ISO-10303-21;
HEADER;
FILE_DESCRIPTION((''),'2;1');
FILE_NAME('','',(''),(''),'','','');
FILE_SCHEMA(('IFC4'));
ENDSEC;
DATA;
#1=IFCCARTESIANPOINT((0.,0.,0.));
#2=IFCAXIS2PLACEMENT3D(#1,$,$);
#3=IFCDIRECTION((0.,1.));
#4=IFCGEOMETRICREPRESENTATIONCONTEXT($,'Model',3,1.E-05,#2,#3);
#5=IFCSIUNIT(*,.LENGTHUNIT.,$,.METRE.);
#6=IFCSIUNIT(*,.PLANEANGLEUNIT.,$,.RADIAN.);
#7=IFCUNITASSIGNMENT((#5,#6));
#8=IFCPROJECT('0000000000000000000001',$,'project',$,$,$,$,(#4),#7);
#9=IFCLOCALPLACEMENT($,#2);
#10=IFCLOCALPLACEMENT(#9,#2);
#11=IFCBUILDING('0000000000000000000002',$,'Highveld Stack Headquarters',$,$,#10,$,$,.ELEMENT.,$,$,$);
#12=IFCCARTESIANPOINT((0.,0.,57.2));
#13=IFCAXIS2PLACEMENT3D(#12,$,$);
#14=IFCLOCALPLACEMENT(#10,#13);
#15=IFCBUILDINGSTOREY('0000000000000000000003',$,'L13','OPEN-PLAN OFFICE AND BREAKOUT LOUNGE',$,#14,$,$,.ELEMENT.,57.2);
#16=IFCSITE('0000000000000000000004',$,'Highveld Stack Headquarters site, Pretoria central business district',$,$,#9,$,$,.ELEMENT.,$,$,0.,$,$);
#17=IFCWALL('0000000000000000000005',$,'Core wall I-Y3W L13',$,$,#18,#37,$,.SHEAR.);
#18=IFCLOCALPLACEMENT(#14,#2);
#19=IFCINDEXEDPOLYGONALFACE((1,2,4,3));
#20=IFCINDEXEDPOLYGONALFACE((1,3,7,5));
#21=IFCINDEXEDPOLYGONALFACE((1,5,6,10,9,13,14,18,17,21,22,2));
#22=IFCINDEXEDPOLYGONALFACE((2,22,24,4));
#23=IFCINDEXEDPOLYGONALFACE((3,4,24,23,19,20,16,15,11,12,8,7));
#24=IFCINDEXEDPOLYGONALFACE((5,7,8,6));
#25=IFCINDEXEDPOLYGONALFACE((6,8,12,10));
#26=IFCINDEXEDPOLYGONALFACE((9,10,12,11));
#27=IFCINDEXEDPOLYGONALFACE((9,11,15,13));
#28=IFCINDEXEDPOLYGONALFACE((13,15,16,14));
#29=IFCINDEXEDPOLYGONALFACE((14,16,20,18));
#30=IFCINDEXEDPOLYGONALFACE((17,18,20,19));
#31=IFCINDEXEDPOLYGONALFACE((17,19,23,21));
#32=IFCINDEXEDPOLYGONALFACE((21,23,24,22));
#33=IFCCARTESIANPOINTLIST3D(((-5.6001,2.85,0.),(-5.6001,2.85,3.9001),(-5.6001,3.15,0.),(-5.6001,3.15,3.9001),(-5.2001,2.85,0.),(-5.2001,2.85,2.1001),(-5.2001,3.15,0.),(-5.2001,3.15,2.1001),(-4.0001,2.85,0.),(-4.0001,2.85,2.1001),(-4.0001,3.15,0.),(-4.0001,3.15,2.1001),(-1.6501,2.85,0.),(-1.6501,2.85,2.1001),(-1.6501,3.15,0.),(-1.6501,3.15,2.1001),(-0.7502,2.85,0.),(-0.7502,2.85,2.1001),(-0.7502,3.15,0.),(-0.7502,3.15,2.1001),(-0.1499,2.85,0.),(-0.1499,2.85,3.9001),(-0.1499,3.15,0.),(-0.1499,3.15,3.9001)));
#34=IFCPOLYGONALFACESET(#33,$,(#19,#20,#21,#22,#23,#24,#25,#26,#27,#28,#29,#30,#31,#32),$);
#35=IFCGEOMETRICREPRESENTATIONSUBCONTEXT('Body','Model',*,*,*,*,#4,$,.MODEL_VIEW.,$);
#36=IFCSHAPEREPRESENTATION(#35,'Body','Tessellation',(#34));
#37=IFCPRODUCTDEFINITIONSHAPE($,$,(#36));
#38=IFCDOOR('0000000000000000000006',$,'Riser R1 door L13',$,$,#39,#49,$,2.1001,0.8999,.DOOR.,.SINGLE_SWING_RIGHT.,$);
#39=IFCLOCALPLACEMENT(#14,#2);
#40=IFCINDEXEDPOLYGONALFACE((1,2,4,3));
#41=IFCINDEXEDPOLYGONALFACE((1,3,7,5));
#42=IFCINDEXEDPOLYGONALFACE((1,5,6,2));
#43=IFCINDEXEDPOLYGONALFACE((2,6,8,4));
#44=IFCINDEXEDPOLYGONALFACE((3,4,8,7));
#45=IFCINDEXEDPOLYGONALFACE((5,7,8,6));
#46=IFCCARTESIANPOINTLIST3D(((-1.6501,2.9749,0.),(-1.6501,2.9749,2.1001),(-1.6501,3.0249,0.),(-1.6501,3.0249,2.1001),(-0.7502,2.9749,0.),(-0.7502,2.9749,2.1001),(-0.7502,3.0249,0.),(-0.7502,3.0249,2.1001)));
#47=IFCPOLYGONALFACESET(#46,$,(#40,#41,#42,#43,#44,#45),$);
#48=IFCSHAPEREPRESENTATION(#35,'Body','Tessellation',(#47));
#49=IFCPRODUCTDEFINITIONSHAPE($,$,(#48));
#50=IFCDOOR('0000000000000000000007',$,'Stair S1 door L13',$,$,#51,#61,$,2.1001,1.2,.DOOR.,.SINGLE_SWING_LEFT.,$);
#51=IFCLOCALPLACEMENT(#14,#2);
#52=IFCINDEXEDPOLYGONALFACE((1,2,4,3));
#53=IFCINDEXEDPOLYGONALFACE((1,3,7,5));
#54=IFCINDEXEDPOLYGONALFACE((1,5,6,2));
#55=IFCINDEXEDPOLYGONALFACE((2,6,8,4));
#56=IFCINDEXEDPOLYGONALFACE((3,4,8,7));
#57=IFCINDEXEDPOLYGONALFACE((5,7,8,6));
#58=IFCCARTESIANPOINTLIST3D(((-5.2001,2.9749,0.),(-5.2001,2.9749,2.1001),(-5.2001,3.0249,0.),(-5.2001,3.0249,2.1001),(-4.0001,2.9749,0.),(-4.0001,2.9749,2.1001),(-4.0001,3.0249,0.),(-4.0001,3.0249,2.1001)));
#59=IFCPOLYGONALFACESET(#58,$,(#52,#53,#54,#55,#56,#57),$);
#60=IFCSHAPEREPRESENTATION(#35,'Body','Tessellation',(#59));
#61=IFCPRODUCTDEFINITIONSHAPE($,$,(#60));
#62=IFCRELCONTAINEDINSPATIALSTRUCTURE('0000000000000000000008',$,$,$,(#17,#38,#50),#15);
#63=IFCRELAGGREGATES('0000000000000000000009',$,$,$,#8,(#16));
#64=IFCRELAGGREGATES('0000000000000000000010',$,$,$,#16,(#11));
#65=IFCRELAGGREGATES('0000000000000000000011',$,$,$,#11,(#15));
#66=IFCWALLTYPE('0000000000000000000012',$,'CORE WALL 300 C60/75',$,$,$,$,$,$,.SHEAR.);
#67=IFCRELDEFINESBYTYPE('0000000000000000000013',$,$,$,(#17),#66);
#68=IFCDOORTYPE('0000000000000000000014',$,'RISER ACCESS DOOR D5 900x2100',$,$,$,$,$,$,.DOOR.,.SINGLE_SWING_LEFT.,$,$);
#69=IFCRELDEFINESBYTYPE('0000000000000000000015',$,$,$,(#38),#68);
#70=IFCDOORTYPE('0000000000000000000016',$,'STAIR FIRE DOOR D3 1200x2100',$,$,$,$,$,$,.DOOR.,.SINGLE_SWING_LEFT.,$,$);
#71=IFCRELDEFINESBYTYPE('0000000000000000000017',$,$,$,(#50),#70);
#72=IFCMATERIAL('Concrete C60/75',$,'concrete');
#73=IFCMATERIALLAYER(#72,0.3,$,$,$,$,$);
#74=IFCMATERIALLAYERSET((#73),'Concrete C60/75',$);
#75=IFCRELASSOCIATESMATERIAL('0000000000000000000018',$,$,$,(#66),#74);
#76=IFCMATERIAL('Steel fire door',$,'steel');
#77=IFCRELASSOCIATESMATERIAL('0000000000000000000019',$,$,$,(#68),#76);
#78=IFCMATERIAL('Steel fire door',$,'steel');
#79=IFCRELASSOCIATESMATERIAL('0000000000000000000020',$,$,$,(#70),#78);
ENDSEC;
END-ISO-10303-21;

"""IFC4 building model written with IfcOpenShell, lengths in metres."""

from ifc_helpers import new_model, si_unit, direction, frame, frame_2d, origin, place, context, subcontext, project, spatial, rectangle, extrude, material, layer, layer_set, type_object, element, fill, save


model = new_model("IFC4")

# Units and contexts
model_context = context("Model", 3, precision=1e-05, world=origin(), true_north=direction((0.0, 1.0)))
body_context = subcontext(model_context, "Body", "Model", "MODEL_VIEW")
ifc_project = project(units=[si_unit("LENGTHUNIT", "METRE"), si_unit("PLANEANGLEUNIT", "RADIAN")], contexts=[model_context])

# Site, building, storey
site_placement = place(None, origin())
site = spatial("IfcSite", under=ifc_project, at=site_placement, Name="Highveld Stack Headquarters site, Pretoria central business district", CompositionType="ELEMENT", RefElevation=0.0)
building_placement = place(site_placement, origin())
building = spatial("IfcBuilding", under=site, at=building_placement, Name="Highveld Stack Headquarters", CompositionType="ELEMENT")
storey_placement = place(building_placement, frame((0.0, 0.0, 57.2)))
storey = spatial("IfcBuildingStorey", under=building, at=storey_placement, Name="L13", Description="OPEN-PLAN OFFICE AND BREAKOUT LOUNGE", CompositionType="ELEMENT", Elevation=57.2)

# Wall, openings, doors
ifc_material_1 = material(Name="Concrete C60/75", Category="concrete")
ifc_layer_1 = layer(ifc_material_1, 0.3)
ifc_layer_set_1 = layer_set([ifc_layer_1], Name="Concrete C60/75")
wall_type = type_object("IfcWallType", Name="CORE WALL 300 C60/75", PredefinedType="SHEAR", material=ifc_layer_set_1)
wall_1_placement = place(storey_placement, frame((-5.6001, 3.0, 0.0), z_axis=(0.0, 0.0, 1.0), x_axis=(1.0, 0.0, 0.0)))
wall_1 = element("IfcWall", 1, at=wall_1_placement, inside=storey, type_object=wall_type, Name="Core wall I-Y3W L13", PredefinedType="SHEAR", context=body_context, shape_type="SweptSolid", body=[
    extrude(rectangle(XDim=5.4502, YDim=0.3, at=frame_2d((2.7251, 0.0))), origin(), (0.0, 0.0, 1.0), 3.9001),
])
opening_1_placement = place(wall_1_placement, frame((0.3999, 0.0, 0.0)))
opening_1 = element("IfcOpeningElement", 2, at=opening_1_placement, cuts=wall_1, PredefinedType="OPENING", context=body_context, shape_type="SweptSolid", body=[
    extrude(rectangle(XDim=1.2, YDim=2.1001, at=frame_2d((0.6001, 1.05))), frame((0.0, 0.1599, 0.0), z_axis=(0.0, -1.0, 0.0), x_axis=(1.0, 0.0, 0.0)), (0.0, 0.0, 1.0), 0.3201),
])
opening_2_placement = place(wall_1_placement, frame((3.95, 0.0, 0.0)))
opening_2 = element("IfcOpeningElement", 3, at=opening_2_placement, cuts=wall_1, PredefinedType="OPENING", context=body_context, shape_type="SweptSolid", body=[
    extrude(rectangle(XDim=0.8999, YDim=2.1001, at=frame_2d((0.45, 1.05))), frame((0.0, 0.1599, 0.0), z_axis=(0.0, -1.0, 0.0), x_axis=(1.0, 0.0, 0.0)), (0.0, 0.0, 1.0), 0.3201),
])
ifc_material_2 = material(Name="Steel fire door", Category="steel")
door_type_1 = type_object("IfcDoorType", Name="RISER ACCESS DOOR D5 900x2100", OperationType="SINGLE_SWING_LEFT", PredefinedType="DOOR", material=ifc_material_2)
door_1_placement = place(opening_2_placement, origin())
door_1 = element("IfcDoor", 4, at=door_1_placement, inside=storey, type_object=door_type_1, Name="Riser R1 door L13", OperationType="SINGLE_SWING_RIGHT", OverallHeight=2.1001, OverallWidth=0.8999, PredefinedType="DOOR", context=body_context, shape_type="SweptSolid", body=[
    extrude(rectangle(XDim=0.8999, YDim=2.1001, at=frame_2d((0.45, 1.05))), frame((0.0, 0.0249, 0.0), z_axis=(0.0, -1.0, 0.0), x_axis=(1.0, 0.0, 0.0)), (0.0, 0.0, 1.0), 0.05),
])
fill(opening_2, door_1)
ifc_material_3 = material(Name="Steel fire door", Category="steel")
door_type_2 = type_object("IfcDoorType", Name="STAIR FIRE DOOR D3 1200x2100", OperationType="SINGLE_SWING_LEFT", PredefinedType="DOOR", material=ifc_material_3)
door_2_placement = place(opening_1_placement, origin())
door_2 = element("IfcDoor", 5, at=door_2_placement, inside=storey, type_object=door_type_2, Name="Stair S1 door L13", OperationType="SINGLE_SWING_LEFT", OverallHeight=2.1001, OverallWidth=1.2, PredefinedType="DOOR", context=body_context, shape_type="SweptSolid", body=[
    extrude(rectangle(XDim=1.2, YDim=2.1001, at=frame_2d((0.6001, 1.05))), frame((0.0, 0.0249, 0.0), z_axis=(0.0, -1.0, 0.0), x_axis=(1.0, 0.0, 0.0)), (0.0, 0.0, 1.0), 0.05),
])
fill(opening_1, door_2)

save(model, "model.ifc")
